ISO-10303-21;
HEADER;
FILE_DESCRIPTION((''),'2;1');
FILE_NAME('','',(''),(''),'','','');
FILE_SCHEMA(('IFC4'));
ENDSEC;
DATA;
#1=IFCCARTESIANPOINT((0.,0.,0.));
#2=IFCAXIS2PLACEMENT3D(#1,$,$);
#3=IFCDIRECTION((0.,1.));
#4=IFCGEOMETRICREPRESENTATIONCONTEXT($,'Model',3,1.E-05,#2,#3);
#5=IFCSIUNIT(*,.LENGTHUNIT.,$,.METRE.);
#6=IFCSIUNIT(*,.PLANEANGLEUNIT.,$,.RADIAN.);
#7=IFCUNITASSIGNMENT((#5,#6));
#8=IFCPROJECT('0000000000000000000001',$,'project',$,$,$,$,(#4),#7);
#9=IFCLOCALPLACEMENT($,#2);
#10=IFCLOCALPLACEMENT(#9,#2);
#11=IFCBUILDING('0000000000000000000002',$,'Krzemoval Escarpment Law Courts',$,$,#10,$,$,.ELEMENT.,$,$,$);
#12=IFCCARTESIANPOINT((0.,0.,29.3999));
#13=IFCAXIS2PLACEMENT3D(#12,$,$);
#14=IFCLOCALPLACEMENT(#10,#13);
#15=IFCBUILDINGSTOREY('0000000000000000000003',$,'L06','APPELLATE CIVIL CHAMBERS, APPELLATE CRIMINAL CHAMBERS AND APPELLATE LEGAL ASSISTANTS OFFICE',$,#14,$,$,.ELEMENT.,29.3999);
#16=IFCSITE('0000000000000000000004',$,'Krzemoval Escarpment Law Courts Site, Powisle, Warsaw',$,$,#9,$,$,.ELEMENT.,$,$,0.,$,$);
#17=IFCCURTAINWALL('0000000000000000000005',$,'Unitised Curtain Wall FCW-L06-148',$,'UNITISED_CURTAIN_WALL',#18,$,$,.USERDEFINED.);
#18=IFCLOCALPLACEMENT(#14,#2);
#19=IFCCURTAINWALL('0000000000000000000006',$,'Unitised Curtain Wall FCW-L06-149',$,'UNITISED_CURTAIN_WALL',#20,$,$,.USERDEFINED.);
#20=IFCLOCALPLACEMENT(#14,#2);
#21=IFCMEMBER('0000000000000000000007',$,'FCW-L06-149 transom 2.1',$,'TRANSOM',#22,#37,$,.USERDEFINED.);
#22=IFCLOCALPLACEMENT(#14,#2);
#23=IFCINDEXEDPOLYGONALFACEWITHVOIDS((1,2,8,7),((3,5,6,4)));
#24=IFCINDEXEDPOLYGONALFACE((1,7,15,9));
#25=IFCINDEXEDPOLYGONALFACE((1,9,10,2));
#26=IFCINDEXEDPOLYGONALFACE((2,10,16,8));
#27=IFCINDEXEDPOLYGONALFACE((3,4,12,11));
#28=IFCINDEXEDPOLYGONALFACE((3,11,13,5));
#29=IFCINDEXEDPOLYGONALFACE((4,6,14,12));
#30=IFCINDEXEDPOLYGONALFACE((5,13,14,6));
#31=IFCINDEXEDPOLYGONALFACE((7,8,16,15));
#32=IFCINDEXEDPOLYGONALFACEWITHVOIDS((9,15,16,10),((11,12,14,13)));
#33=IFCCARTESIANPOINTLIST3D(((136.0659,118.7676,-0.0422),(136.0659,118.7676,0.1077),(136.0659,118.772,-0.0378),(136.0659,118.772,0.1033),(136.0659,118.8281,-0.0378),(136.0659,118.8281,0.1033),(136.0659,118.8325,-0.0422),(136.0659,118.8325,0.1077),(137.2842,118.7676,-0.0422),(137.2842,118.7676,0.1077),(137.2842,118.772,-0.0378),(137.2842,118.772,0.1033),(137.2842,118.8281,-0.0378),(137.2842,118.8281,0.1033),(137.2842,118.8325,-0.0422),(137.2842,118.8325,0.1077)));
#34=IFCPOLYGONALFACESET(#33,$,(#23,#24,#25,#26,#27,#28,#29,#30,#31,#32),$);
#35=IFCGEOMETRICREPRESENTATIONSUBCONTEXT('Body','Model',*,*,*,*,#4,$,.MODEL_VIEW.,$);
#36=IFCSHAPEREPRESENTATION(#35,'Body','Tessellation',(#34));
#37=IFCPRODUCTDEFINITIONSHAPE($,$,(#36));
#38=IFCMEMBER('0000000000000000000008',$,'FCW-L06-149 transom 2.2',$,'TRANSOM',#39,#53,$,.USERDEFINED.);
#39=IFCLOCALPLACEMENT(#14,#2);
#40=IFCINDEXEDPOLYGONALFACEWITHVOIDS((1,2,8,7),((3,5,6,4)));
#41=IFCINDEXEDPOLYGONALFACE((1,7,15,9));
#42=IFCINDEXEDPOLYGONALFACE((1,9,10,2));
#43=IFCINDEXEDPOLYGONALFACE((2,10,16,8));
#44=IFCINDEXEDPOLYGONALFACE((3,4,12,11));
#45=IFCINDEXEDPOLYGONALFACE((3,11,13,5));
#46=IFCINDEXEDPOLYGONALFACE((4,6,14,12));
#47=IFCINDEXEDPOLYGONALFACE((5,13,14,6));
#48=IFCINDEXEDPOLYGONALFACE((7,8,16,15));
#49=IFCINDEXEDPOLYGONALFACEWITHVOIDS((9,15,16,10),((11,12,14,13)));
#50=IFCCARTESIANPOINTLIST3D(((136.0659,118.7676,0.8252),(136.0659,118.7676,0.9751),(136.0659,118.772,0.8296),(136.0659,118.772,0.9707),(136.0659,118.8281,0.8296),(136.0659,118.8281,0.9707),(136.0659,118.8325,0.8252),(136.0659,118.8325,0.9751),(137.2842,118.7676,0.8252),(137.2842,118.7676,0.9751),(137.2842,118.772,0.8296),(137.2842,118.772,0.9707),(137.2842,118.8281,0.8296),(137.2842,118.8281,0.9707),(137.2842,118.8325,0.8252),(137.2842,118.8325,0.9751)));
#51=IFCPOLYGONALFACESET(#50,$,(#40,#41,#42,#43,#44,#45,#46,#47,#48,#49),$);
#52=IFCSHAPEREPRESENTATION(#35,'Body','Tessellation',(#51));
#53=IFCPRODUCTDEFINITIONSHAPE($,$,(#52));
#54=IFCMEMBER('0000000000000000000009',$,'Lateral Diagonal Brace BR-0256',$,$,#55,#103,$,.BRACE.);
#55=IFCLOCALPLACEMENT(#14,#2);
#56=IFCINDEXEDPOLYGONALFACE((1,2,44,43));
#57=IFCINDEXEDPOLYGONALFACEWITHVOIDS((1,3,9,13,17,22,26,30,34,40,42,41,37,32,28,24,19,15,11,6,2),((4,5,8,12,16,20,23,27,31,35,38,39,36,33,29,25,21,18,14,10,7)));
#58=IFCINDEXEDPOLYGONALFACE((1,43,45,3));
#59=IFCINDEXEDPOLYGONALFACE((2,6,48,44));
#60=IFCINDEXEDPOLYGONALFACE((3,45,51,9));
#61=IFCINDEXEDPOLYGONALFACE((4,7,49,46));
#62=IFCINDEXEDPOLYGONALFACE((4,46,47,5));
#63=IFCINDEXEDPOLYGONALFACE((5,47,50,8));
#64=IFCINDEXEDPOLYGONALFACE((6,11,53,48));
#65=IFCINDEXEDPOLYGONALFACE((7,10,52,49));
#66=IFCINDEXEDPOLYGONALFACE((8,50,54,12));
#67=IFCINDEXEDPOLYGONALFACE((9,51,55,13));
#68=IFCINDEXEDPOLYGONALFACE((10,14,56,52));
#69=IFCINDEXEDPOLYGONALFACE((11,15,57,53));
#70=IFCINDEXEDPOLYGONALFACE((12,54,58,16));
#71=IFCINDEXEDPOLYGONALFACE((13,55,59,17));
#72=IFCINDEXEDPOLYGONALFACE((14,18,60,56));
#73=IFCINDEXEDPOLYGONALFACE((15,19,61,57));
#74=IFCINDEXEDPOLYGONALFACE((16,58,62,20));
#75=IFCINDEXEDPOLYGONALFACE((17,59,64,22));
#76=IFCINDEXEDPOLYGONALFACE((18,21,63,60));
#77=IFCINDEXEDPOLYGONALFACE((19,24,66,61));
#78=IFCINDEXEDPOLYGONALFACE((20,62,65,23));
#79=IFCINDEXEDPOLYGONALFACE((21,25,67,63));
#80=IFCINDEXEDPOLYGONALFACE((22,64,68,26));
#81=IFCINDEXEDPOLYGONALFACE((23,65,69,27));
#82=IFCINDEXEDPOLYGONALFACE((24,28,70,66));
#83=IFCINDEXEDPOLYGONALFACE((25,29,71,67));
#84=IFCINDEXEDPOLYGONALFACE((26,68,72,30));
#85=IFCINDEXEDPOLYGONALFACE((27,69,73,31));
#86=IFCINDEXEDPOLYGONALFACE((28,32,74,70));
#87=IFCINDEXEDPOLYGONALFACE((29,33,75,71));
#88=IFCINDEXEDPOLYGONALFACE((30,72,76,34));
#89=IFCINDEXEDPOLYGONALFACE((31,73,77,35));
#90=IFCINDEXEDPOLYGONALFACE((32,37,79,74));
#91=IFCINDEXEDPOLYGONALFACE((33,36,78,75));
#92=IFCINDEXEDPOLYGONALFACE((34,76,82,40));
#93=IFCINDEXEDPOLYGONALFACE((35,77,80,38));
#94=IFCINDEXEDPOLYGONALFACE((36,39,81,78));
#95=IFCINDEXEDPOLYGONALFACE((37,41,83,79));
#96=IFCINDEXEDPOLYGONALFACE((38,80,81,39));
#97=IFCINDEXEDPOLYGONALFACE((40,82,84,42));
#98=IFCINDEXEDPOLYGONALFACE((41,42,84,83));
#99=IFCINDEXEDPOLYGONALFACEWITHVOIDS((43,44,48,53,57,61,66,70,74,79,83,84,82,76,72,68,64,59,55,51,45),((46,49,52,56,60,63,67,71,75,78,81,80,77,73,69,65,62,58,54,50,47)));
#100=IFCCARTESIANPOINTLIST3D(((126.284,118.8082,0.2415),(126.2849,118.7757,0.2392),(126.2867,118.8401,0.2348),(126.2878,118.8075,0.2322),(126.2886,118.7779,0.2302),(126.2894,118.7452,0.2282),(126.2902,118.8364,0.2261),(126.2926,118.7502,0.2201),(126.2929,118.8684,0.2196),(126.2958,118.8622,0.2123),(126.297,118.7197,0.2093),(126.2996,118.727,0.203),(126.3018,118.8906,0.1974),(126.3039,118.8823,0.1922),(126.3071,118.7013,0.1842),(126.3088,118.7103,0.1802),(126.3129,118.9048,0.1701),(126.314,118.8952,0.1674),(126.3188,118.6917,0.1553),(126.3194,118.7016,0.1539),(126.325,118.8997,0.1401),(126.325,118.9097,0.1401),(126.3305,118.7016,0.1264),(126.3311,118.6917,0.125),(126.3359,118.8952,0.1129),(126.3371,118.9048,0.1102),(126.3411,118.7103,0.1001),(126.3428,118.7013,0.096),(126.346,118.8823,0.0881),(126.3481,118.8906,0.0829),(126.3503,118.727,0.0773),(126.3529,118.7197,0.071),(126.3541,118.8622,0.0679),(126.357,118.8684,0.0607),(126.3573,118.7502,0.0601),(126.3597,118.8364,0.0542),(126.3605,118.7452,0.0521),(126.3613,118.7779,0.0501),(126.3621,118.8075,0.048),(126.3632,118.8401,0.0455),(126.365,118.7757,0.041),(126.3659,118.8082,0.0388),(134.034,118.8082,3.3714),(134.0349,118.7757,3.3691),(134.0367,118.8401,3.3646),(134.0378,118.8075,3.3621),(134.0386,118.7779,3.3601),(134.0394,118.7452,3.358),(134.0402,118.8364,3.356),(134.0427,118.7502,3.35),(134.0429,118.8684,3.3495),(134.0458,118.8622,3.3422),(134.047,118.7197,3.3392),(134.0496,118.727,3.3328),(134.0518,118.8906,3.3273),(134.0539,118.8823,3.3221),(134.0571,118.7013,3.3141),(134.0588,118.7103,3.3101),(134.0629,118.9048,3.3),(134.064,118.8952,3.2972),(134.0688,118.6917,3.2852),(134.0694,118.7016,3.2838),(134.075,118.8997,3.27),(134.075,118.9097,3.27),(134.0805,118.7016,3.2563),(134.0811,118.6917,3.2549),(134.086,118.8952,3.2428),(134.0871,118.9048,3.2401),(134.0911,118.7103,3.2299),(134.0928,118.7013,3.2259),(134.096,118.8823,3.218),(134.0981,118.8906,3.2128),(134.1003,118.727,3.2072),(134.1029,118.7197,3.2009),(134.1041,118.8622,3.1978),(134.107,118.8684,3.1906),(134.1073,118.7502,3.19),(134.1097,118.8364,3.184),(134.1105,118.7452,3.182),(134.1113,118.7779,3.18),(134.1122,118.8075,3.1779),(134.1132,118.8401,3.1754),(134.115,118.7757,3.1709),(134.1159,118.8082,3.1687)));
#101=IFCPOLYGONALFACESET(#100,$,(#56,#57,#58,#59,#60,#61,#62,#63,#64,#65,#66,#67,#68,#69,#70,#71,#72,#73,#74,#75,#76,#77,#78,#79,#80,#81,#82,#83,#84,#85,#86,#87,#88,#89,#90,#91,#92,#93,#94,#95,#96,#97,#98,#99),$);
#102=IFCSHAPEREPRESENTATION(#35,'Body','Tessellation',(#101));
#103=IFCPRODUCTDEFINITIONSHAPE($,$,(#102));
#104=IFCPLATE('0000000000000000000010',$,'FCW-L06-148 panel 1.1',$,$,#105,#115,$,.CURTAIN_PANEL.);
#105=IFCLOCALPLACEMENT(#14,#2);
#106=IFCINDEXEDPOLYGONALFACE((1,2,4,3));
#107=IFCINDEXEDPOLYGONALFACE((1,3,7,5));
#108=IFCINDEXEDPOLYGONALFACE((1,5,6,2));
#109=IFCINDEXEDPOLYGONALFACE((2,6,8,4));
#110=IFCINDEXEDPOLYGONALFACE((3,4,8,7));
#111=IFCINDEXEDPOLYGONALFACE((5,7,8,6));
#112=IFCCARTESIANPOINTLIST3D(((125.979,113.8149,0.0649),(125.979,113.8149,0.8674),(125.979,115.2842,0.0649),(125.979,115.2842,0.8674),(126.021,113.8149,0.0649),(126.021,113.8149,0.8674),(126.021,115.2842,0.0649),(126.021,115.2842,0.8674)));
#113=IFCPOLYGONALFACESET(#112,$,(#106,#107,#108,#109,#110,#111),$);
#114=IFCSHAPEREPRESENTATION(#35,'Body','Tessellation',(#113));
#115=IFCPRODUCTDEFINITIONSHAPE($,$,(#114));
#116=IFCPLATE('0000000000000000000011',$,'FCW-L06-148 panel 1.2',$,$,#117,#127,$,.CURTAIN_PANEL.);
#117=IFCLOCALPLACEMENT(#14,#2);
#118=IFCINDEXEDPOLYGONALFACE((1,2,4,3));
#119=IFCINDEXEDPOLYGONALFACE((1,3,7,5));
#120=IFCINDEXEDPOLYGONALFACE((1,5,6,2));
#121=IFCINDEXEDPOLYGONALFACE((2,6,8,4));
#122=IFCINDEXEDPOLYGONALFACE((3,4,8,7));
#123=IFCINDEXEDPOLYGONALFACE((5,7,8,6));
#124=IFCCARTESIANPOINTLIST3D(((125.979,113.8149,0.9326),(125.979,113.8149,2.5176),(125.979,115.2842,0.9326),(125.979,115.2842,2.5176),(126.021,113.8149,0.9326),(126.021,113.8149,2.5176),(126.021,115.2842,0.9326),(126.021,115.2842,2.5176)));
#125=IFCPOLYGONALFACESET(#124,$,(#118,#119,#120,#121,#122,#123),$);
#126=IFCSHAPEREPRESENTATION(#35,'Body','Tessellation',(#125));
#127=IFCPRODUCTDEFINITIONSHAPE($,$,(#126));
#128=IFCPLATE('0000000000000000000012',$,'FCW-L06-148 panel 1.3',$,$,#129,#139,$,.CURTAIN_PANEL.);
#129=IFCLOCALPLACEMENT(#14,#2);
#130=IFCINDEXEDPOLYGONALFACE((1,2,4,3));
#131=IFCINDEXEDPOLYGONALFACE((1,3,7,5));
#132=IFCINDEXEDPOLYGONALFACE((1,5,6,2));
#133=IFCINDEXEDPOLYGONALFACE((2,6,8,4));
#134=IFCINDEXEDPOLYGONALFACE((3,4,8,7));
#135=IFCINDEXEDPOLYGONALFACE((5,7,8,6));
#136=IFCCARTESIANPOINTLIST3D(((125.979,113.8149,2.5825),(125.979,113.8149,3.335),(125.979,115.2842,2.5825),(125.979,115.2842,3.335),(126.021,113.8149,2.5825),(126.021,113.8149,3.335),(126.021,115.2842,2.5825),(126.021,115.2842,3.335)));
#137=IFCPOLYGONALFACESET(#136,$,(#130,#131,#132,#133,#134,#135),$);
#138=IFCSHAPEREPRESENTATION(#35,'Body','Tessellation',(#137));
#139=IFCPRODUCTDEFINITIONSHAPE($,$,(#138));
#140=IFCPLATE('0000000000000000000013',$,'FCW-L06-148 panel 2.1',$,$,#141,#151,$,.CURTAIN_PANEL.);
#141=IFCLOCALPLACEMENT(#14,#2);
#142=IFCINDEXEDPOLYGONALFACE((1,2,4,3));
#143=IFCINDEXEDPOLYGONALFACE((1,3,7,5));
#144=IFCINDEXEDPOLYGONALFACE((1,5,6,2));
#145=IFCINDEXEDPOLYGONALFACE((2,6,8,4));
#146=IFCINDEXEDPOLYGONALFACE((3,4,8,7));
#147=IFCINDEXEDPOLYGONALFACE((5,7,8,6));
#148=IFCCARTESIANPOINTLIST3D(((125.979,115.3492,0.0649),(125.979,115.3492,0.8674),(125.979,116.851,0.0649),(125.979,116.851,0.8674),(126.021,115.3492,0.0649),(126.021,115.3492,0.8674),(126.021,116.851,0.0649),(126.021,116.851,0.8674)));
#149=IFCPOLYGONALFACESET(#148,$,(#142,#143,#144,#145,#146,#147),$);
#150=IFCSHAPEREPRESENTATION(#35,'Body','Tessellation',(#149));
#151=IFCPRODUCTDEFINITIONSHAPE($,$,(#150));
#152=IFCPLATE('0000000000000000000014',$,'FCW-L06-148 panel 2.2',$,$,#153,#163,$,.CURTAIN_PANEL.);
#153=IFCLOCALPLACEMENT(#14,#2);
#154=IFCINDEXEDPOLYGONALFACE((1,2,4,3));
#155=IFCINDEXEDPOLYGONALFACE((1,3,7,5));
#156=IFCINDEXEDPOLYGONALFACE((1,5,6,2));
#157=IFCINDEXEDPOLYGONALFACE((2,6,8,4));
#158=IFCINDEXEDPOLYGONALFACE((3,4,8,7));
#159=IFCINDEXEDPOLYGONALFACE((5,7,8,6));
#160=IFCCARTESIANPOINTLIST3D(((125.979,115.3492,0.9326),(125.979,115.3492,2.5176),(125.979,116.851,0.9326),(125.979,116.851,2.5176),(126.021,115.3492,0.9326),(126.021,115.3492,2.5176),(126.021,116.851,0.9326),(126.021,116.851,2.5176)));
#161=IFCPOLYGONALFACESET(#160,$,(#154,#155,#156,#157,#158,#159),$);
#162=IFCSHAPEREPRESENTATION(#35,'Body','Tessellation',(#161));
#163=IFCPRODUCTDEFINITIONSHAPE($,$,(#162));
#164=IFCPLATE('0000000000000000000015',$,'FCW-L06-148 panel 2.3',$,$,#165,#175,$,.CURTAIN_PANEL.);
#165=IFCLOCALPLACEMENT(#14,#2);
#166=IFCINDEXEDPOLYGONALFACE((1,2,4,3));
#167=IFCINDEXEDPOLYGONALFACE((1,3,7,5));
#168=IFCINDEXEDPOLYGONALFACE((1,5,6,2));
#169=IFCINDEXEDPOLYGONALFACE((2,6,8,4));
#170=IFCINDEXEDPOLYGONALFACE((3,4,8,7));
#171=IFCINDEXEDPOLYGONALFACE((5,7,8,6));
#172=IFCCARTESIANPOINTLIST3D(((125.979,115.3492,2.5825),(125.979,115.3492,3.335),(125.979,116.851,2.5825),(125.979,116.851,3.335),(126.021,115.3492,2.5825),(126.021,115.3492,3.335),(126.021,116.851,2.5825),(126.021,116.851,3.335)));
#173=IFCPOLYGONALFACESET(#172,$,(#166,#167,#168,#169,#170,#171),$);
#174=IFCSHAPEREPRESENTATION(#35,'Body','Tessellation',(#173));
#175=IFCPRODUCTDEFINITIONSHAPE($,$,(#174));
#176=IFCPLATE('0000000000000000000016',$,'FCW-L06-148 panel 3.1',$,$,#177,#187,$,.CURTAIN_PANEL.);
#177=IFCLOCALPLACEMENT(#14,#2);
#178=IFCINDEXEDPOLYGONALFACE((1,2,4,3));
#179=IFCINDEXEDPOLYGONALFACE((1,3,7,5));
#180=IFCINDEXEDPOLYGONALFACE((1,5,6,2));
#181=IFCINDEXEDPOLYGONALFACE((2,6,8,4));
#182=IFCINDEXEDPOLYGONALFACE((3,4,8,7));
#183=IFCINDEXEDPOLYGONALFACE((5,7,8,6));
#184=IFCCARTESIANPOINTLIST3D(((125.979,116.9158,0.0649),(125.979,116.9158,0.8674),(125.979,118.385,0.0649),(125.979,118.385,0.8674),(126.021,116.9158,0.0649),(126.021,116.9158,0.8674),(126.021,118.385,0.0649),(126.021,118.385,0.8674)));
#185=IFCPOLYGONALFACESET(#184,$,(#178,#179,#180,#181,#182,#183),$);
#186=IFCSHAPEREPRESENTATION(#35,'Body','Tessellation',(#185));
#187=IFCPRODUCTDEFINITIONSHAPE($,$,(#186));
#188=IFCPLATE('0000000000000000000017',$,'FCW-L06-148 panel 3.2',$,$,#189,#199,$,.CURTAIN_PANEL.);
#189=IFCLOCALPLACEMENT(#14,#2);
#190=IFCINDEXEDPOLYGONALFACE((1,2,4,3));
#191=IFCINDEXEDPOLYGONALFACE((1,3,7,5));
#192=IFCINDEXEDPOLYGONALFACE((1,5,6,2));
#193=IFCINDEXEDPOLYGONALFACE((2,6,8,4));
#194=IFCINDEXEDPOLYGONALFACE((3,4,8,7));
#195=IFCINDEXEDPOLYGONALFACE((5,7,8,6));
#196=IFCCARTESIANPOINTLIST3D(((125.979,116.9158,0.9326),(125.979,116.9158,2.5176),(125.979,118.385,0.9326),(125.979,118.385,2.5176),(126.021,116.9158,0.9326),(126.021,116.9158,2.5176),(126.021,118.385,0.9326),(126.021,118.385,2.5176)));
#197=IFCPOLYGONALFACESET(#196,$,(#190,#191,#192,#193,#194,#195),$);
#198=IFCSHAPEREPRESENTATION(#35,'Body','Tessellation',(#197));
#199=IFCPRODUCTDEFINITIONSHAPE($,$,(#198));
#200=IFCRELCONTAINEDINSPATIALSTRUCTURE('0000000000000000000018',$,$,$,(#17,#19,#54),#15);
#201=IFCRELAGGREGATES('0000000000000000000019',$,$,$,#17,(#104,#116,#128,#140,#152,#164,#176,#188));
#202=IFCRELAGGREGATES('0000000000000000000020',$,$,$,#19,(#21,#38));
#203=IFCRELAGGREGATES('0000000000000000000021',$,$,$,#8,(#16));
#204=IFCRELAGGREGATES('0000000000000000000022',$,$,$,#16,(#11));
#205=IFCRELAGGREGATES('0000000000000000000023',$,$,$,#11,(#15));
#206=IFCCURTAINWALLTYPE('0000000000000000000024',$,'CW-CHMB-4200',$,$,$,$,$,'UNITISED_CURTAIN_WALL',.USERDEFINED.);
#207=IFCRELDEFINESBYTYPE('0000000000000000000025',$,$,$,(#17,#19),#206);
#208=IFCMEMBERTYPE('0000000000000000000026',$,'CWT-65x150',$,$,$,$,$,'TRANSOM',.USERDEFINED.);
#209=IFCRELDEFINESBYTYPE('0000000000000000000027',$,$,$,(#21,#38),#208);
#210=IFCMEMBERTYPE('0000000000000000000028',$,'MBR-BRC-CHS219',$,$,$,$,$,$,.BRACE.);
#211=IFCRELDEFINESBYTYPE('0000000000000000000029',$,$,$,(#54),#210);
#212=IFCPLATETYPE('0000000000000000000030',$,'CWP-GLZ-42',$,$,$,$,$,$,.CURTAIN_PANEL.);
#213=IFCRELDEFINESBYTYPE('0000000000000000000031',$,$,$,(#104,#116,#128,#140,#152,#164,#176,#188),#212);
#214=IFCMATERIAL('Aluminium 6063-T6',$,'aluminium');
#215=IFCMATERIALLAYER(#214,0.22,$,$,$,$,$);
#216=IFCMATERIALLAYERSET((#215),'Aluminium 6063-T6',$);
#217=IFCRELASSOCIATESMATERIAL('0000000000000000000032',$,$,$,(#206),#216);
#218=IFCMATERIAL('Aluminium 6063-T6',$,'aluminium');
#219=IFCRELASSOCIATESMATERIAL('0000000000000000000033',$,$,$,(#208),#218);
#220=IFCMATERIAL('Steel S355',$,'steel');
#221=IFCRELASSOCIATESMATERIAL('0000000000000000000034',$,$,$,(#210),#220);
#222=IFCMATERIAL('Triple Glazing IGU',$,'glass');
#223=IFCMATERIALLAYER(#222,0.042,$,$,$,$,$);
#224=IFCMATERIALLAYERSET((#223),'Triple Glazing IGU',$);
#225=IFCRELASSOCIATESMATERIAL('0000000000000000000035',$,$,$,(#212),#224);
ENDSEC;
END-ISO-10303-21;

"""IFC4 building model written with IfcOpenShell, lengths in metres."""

from ifc_helpers import new_model, si_unit, direction, frame, origin, origin_2d, place, context, subcontext, project, spatial, rectangle, hollow_rectangle, hollow_circle, extrude, material, layer, layer_set, material_profile, profile_set, type_object, element, aggregate, save


model = new_model("IFC4")

# Units and contexts
model_context = context("Model", 3, precision=1e-05, world=origin(), true_north=direction((0.0, 1.0)))
body_context = subcontext(model_context, "Body", "Model", "MODEL_VIEW")
ifc_project = project(units=[si_unit("LENGTHUNIT", "METRE"), si_unit("PLANEANGLEUNIT", "RADIAN")], contexts=[model_context])

# Site, building, storey
site_placement = place(None, origin())
site = spatial("IfcSite", under=ifc_project, at=site_placement, Name="Krzemoval Escarpment Law Courts Site, Powisle, Warsaw", CompositionType="ELEMENT", RefElevation=0.0)
building_placement = place(site_placement, origin())
building = spatial("IfcBuilding", under=site, at=building_placement, Name="Krzemoval Escarpment Law Courts", CompositionType="ELEMENT")
storey_placement = place(building_placement, frame((0.0, 0.0, 29.3999)))
storey = spatial("IfcBuildingStorey", under=building, at=storey_placement, Name="L06", Description="APPELLATE CIVIL CHAMBERS, APPELLATE CRIMINAL CHAMBERS AND APPELLATE LEGAL ASSISTANTS OFFICE", CompositionType="ELEMENT", Elevation=29.3999)

# Curtain wall
ifc_material_1 = material(Name="Aluminium 6063-T6", Category="aluminium")
ifc_layer_1 = layer(ifc_material_1, 0.22)
ifc_layer_set_1 = layer_set([ifc_layer_1], Name="Aluminium 6063-T6")
curtain_wall_type = type_object("IfcCurtainWallType", Name="CW-CHMB-4200", ElementType="UNITISED_CURTAIN_WALL", PredefinedType="USERDEFINED", material=ifc_layer_set_1)
curtain_wall_1_placement = place(storey_placement, origin())
curtain_wall_1 = element("IfcCurtainWall", 1, at=curtain_wall_1_placement, inside=storey, type_object=curtain_wall_type, Name="Unitised Curtain Wall FCW-L06-148", ObjectType="UNITISED_CURTAIN_WALL", PredefinedType="USERDEFINED")

# Curtain wall
curtain_wall_2_placement = place(storey_placement, origin())
curtain_wall_2 = element("IfcCurtainWall", 2, at=curtain_wall_2_placement, inside=storey, type_object=curtain_wall_type, Name="Unitised Curtain Wall FCW-L06-149", ObjectType="UNITISED_CURTAIN_WALL", PredefinedType="USERDEFINED")

# Members
ifc_material_2 = material(Name="Aluminium 6063-T6", Category="aluminium")
ifc_material_profile_1 = material_profile(ifc_material_2, hollow_rectangle(XDim=0.0649, YDim=0.1499, WallThickness=0.0044, at=origin_2d()), Name="ALU T65x150")
ifc_profile_set_1 = profile_set([ifc_material_profile_1], Name="Aluminium 6063-T6")
member_type_1 = type_object("IfcMemberType", Name="CWT-65x150", ElementType="TRANSOM", PredefinedType="USERDEFINED", material=ifc_profile_set_1)
member_1_placement = place(storey_placement, frame((136.0659, 118.8, 0.0327), z_axis=(1.0, 0.0, 0.0), x_axis=(0.0, 1.0, 0.0)))
member_1 = element("IfcMember", 3, at=member_1_placement, type_object=member_type_1, Name="FCW-L06-149 transom 2.1", ObjectType="TRANSOM", PredefinedType="USERDEFINED", context=body_context, shape_type="SweptSolid", body=[
    extrude(hollow_rectangle(XDim=0.0649, YDim=0.1499, WallThickness=0.0044, at=origin_2d()), origin(), (0.0, 0.0, 1.0), 1.2183),
])
member_2_placement = place(storey_placement, frame((136.0659, 118.8, 0.9001), z_axis=(1.0, 0.0, 0.0), x_axis=(0.0, 1.0, 0.0)))
member_2 = element("IfcMember", 4, at=member_2_placement, type_object=member_type_1, Name="FCW-L06-149 transom 2.2", ObjectType="TRANSOM", PredefinedType="USERDEFINED", context=body_context, shape_type="SweptSolid", body=[
    extrude(hollow_rectangle(XDim=0.0649, YDim=0.1499, WallThickness=0.0044, at=origin_2d()), origin(), (0.0, 0.0, 1.0), 1.2183),
])
ifc_material_3 = material(Name="Steel S355", Category="steel")
ifc_material_profile_2 = material_profile(ifc_material_3, hollow_circle(Radius=0.1096, WallThickness=0.01, at=origin_2d()), Name="CHS 219.1x10")
ifc_profile_set_2 = profile_set([ifc_material_profile_2], Name="Steel S355")
member_type_2 = type_object("IfcMemberType", Name="MBR-BRC-CHS219", PredefinedType="BRACE", material=ifc_profile_set_2)
member_3_placement = place(storey_placement, frame((126.325, 118.8, 0.1401), z_axis=(0.927239, 0.0, 0.374471), x_axis=(0.0, 1.0, 0.0)))
element("IfcMember", 5, at=member_3_placement, inside=storey, type_object=member_type_2, Name="Lateral Diagonal Brace BR-0256", PredefinedType="BRACE", context=body_context, shape_type="SweptSolid", body=[
    extrude(hollow_circle(Radius=0.1096, WallThickness=0.01, at=origin_2d()), origin(), (0.0, 0.0, 1.0), 8.3582),
])

# Plates
ifc_material_4 = material(Name="Triple Glazing IGU", Category="glass")
ifc_layer_2 = layer(ifc_material_4, 0.042)
ifc_layer_set_2 = layer_set([ifc_layer_2], Name="Triple Glazing IGU")
plate_type_1 = type_object("IfcPlateType", Name="CWP-GLZ-42", PredefinedType="CURTAIN_PANEL", material=ifc_layer_set_2)
plate_1_placement = place(storey_placement, frame((126.0, 114.5496, 0.0649), z_axis=(0.0, 0.0, 1.0), x_axis=(0.0, 1.0, 0.0)))
plate_1 = element("IfcPlate", 6, at=plate_1_placement, type_object=plate_type_1, Name="FCW-L06-148 panel 1.1", PredefinedType="CURTAIN_PANEL", context=body_context, shape_type="SweptSolid", body=[
    extrude(rectangle(XDim=1.4692, YDim=0.042, at=origin_2d()), origin(), (0.0, 0.0, 1.0), 0.8025),
])
plate_2_placement = place(storey_placement, frame((126.0, 114.5496, 0.9326), z_axis=(0.0, 0.0, 1.0), x_axis=(0.0, 1.0, 0.0)))
plate_2 = element("IfcPlate", 7, at=plate_2_placement, type_object=plate_type_1, Name="FCW-L06-148 panel 1.2", PredefinedType="CURTAIN_PANEL", context=body_context, shape_type="SweptSolid", body=[
    extrude(rectangle(XDim=1.4692, YDim=0.042, at=origin_2d()), origin(), (0.0, 0.0, 1.0), 1.585),
])
plate_3_placement = place(storey_placement, frame((126.0, 114.5496, 2.5825), z_axis=(0.0, 0.0, 1.0), x_axis=(0.0, 1.0, 0.0)))
plate_3 = element("IfcPlate", 8, at=plate_3_placement, type_object=plate_type_1, Name="FCW-L06-148 panel 1.3", PredefinedType="CURTAIN_PANEL", context=body_context, shape_type="SweptSolid", body=[
    extrude(rectangle(XDim=1.4692, YDim=0.042, at=origin_2d()), origin(), (0.0, 0.0, 1.0), 0.7524),
])
plate_4_placement = place(storey_placement, frame((126.0, 116.1001, 0.0649), z_axis=(0.0, 0.0, 1.0), x_axis=(0.0, 1.0, 0.0)))
plate_4 = element("IfcPlate", 9, at=plate_4_placement, type_object=plate_type_1, Name="FCW-L06-148 panel 2.1", PredefinedType="CURTAIN_PANEL", context=body_context, shape_type="SweptSolid", body=[
    extrude(rectangle(XDim=1.5017, YDim=0.042, at=origin_2d()), origin(), (0.0, 0.0, 1.0), 0.8025),
])
plate_5_placement = place(storey_placement, frame((126.0, 116.1001, 0.9326), z_axis=(0.0, 0.0, 1.0), x_axis=(0.0, 1.0, 0.0)))
plate_5 = element("IfcPlate", 10, at=plate_5_placement, type_object=plate_type_1, Name="FCW-L06-148 panel 2.2", PredefinedType="CURTAIN_PANEL", context=body_context, shape_type="SweptSolid", body=[
    extrude(rectangle(XDim=1.5017, YDim=0.042, at=origin_2d()), origin(), (0.0, 0.0, 1.0), 1.585),
])
plate_6_placement = place(storey_placement, frame((126.0, 116.1001, 2.5825), z_axis=(0.0, 0.0, 1.0), x_axis=(0.0, 1.0, 0.0)))
plate_6 = element("IfcPlate", 11, at=plate_6_placement, type_object=plate_type_1, Name="FCW-L06-148 panel 2.3", PredefinedType="CURTAIN_PANEL", context=body_context, shape_type="SweptSolid", body=[
    extrude(rectangle(XDim=1.5017, YDim=0.042, at=origin_2d()), origin(), (0.0, 0.0, 1.0), 0.7524),
])
plate_7_placement = place(storey_placement, frame((126.0, 117.6504, 0.0649), z_axis=(0.0, 0.0, 1.0), x_axis=(0.0, 1.0, 0.0)))
plate_7 = element("IfcPlate", 12, at=plate_7_placement, type_object=plate_type_1, Name="FCW-L06-148 panel 3.1", PredefinedType="CURTAIN_PANEL", context=body_context, shape_type="SweptSolid", body=[
    extrude(rectangle(XDim=1.4692, YDim=0.042, at=origin_2d()), origin(), (0.0, 0.0, 1.0), 0.8025),
])
plate_8_placement = place(storey_placement, frame((126.0, 117.6504, 0.9326), z_axis=(0.0, 0.0, 1.0), x_axis=(0.0, 1.0, 0.0)))
plate_8 = element("IfcPlate", 13, at=plate_8_placement, type_object=plate_type_1, Name="FCW-L06-148 panel 3.2", PredefinedType="CURTAIN_PANEL", context=body_context, shape_type="SweptSolid", body=[
    extrude(rectangle(XDim=1.4692, YDim=0.042, at=origin_2d()), origin(), (0.0, 0.0, 1.0), 1.585),
])
aggregate(curtain_wall_1, [plate_1, plate_2, plate_3, plate_4, plate_5, plate_6, plate_7, plate_8])
aggregate(curtain_wall_2, [member_1, member_2])

save(model, "model.ifc")
